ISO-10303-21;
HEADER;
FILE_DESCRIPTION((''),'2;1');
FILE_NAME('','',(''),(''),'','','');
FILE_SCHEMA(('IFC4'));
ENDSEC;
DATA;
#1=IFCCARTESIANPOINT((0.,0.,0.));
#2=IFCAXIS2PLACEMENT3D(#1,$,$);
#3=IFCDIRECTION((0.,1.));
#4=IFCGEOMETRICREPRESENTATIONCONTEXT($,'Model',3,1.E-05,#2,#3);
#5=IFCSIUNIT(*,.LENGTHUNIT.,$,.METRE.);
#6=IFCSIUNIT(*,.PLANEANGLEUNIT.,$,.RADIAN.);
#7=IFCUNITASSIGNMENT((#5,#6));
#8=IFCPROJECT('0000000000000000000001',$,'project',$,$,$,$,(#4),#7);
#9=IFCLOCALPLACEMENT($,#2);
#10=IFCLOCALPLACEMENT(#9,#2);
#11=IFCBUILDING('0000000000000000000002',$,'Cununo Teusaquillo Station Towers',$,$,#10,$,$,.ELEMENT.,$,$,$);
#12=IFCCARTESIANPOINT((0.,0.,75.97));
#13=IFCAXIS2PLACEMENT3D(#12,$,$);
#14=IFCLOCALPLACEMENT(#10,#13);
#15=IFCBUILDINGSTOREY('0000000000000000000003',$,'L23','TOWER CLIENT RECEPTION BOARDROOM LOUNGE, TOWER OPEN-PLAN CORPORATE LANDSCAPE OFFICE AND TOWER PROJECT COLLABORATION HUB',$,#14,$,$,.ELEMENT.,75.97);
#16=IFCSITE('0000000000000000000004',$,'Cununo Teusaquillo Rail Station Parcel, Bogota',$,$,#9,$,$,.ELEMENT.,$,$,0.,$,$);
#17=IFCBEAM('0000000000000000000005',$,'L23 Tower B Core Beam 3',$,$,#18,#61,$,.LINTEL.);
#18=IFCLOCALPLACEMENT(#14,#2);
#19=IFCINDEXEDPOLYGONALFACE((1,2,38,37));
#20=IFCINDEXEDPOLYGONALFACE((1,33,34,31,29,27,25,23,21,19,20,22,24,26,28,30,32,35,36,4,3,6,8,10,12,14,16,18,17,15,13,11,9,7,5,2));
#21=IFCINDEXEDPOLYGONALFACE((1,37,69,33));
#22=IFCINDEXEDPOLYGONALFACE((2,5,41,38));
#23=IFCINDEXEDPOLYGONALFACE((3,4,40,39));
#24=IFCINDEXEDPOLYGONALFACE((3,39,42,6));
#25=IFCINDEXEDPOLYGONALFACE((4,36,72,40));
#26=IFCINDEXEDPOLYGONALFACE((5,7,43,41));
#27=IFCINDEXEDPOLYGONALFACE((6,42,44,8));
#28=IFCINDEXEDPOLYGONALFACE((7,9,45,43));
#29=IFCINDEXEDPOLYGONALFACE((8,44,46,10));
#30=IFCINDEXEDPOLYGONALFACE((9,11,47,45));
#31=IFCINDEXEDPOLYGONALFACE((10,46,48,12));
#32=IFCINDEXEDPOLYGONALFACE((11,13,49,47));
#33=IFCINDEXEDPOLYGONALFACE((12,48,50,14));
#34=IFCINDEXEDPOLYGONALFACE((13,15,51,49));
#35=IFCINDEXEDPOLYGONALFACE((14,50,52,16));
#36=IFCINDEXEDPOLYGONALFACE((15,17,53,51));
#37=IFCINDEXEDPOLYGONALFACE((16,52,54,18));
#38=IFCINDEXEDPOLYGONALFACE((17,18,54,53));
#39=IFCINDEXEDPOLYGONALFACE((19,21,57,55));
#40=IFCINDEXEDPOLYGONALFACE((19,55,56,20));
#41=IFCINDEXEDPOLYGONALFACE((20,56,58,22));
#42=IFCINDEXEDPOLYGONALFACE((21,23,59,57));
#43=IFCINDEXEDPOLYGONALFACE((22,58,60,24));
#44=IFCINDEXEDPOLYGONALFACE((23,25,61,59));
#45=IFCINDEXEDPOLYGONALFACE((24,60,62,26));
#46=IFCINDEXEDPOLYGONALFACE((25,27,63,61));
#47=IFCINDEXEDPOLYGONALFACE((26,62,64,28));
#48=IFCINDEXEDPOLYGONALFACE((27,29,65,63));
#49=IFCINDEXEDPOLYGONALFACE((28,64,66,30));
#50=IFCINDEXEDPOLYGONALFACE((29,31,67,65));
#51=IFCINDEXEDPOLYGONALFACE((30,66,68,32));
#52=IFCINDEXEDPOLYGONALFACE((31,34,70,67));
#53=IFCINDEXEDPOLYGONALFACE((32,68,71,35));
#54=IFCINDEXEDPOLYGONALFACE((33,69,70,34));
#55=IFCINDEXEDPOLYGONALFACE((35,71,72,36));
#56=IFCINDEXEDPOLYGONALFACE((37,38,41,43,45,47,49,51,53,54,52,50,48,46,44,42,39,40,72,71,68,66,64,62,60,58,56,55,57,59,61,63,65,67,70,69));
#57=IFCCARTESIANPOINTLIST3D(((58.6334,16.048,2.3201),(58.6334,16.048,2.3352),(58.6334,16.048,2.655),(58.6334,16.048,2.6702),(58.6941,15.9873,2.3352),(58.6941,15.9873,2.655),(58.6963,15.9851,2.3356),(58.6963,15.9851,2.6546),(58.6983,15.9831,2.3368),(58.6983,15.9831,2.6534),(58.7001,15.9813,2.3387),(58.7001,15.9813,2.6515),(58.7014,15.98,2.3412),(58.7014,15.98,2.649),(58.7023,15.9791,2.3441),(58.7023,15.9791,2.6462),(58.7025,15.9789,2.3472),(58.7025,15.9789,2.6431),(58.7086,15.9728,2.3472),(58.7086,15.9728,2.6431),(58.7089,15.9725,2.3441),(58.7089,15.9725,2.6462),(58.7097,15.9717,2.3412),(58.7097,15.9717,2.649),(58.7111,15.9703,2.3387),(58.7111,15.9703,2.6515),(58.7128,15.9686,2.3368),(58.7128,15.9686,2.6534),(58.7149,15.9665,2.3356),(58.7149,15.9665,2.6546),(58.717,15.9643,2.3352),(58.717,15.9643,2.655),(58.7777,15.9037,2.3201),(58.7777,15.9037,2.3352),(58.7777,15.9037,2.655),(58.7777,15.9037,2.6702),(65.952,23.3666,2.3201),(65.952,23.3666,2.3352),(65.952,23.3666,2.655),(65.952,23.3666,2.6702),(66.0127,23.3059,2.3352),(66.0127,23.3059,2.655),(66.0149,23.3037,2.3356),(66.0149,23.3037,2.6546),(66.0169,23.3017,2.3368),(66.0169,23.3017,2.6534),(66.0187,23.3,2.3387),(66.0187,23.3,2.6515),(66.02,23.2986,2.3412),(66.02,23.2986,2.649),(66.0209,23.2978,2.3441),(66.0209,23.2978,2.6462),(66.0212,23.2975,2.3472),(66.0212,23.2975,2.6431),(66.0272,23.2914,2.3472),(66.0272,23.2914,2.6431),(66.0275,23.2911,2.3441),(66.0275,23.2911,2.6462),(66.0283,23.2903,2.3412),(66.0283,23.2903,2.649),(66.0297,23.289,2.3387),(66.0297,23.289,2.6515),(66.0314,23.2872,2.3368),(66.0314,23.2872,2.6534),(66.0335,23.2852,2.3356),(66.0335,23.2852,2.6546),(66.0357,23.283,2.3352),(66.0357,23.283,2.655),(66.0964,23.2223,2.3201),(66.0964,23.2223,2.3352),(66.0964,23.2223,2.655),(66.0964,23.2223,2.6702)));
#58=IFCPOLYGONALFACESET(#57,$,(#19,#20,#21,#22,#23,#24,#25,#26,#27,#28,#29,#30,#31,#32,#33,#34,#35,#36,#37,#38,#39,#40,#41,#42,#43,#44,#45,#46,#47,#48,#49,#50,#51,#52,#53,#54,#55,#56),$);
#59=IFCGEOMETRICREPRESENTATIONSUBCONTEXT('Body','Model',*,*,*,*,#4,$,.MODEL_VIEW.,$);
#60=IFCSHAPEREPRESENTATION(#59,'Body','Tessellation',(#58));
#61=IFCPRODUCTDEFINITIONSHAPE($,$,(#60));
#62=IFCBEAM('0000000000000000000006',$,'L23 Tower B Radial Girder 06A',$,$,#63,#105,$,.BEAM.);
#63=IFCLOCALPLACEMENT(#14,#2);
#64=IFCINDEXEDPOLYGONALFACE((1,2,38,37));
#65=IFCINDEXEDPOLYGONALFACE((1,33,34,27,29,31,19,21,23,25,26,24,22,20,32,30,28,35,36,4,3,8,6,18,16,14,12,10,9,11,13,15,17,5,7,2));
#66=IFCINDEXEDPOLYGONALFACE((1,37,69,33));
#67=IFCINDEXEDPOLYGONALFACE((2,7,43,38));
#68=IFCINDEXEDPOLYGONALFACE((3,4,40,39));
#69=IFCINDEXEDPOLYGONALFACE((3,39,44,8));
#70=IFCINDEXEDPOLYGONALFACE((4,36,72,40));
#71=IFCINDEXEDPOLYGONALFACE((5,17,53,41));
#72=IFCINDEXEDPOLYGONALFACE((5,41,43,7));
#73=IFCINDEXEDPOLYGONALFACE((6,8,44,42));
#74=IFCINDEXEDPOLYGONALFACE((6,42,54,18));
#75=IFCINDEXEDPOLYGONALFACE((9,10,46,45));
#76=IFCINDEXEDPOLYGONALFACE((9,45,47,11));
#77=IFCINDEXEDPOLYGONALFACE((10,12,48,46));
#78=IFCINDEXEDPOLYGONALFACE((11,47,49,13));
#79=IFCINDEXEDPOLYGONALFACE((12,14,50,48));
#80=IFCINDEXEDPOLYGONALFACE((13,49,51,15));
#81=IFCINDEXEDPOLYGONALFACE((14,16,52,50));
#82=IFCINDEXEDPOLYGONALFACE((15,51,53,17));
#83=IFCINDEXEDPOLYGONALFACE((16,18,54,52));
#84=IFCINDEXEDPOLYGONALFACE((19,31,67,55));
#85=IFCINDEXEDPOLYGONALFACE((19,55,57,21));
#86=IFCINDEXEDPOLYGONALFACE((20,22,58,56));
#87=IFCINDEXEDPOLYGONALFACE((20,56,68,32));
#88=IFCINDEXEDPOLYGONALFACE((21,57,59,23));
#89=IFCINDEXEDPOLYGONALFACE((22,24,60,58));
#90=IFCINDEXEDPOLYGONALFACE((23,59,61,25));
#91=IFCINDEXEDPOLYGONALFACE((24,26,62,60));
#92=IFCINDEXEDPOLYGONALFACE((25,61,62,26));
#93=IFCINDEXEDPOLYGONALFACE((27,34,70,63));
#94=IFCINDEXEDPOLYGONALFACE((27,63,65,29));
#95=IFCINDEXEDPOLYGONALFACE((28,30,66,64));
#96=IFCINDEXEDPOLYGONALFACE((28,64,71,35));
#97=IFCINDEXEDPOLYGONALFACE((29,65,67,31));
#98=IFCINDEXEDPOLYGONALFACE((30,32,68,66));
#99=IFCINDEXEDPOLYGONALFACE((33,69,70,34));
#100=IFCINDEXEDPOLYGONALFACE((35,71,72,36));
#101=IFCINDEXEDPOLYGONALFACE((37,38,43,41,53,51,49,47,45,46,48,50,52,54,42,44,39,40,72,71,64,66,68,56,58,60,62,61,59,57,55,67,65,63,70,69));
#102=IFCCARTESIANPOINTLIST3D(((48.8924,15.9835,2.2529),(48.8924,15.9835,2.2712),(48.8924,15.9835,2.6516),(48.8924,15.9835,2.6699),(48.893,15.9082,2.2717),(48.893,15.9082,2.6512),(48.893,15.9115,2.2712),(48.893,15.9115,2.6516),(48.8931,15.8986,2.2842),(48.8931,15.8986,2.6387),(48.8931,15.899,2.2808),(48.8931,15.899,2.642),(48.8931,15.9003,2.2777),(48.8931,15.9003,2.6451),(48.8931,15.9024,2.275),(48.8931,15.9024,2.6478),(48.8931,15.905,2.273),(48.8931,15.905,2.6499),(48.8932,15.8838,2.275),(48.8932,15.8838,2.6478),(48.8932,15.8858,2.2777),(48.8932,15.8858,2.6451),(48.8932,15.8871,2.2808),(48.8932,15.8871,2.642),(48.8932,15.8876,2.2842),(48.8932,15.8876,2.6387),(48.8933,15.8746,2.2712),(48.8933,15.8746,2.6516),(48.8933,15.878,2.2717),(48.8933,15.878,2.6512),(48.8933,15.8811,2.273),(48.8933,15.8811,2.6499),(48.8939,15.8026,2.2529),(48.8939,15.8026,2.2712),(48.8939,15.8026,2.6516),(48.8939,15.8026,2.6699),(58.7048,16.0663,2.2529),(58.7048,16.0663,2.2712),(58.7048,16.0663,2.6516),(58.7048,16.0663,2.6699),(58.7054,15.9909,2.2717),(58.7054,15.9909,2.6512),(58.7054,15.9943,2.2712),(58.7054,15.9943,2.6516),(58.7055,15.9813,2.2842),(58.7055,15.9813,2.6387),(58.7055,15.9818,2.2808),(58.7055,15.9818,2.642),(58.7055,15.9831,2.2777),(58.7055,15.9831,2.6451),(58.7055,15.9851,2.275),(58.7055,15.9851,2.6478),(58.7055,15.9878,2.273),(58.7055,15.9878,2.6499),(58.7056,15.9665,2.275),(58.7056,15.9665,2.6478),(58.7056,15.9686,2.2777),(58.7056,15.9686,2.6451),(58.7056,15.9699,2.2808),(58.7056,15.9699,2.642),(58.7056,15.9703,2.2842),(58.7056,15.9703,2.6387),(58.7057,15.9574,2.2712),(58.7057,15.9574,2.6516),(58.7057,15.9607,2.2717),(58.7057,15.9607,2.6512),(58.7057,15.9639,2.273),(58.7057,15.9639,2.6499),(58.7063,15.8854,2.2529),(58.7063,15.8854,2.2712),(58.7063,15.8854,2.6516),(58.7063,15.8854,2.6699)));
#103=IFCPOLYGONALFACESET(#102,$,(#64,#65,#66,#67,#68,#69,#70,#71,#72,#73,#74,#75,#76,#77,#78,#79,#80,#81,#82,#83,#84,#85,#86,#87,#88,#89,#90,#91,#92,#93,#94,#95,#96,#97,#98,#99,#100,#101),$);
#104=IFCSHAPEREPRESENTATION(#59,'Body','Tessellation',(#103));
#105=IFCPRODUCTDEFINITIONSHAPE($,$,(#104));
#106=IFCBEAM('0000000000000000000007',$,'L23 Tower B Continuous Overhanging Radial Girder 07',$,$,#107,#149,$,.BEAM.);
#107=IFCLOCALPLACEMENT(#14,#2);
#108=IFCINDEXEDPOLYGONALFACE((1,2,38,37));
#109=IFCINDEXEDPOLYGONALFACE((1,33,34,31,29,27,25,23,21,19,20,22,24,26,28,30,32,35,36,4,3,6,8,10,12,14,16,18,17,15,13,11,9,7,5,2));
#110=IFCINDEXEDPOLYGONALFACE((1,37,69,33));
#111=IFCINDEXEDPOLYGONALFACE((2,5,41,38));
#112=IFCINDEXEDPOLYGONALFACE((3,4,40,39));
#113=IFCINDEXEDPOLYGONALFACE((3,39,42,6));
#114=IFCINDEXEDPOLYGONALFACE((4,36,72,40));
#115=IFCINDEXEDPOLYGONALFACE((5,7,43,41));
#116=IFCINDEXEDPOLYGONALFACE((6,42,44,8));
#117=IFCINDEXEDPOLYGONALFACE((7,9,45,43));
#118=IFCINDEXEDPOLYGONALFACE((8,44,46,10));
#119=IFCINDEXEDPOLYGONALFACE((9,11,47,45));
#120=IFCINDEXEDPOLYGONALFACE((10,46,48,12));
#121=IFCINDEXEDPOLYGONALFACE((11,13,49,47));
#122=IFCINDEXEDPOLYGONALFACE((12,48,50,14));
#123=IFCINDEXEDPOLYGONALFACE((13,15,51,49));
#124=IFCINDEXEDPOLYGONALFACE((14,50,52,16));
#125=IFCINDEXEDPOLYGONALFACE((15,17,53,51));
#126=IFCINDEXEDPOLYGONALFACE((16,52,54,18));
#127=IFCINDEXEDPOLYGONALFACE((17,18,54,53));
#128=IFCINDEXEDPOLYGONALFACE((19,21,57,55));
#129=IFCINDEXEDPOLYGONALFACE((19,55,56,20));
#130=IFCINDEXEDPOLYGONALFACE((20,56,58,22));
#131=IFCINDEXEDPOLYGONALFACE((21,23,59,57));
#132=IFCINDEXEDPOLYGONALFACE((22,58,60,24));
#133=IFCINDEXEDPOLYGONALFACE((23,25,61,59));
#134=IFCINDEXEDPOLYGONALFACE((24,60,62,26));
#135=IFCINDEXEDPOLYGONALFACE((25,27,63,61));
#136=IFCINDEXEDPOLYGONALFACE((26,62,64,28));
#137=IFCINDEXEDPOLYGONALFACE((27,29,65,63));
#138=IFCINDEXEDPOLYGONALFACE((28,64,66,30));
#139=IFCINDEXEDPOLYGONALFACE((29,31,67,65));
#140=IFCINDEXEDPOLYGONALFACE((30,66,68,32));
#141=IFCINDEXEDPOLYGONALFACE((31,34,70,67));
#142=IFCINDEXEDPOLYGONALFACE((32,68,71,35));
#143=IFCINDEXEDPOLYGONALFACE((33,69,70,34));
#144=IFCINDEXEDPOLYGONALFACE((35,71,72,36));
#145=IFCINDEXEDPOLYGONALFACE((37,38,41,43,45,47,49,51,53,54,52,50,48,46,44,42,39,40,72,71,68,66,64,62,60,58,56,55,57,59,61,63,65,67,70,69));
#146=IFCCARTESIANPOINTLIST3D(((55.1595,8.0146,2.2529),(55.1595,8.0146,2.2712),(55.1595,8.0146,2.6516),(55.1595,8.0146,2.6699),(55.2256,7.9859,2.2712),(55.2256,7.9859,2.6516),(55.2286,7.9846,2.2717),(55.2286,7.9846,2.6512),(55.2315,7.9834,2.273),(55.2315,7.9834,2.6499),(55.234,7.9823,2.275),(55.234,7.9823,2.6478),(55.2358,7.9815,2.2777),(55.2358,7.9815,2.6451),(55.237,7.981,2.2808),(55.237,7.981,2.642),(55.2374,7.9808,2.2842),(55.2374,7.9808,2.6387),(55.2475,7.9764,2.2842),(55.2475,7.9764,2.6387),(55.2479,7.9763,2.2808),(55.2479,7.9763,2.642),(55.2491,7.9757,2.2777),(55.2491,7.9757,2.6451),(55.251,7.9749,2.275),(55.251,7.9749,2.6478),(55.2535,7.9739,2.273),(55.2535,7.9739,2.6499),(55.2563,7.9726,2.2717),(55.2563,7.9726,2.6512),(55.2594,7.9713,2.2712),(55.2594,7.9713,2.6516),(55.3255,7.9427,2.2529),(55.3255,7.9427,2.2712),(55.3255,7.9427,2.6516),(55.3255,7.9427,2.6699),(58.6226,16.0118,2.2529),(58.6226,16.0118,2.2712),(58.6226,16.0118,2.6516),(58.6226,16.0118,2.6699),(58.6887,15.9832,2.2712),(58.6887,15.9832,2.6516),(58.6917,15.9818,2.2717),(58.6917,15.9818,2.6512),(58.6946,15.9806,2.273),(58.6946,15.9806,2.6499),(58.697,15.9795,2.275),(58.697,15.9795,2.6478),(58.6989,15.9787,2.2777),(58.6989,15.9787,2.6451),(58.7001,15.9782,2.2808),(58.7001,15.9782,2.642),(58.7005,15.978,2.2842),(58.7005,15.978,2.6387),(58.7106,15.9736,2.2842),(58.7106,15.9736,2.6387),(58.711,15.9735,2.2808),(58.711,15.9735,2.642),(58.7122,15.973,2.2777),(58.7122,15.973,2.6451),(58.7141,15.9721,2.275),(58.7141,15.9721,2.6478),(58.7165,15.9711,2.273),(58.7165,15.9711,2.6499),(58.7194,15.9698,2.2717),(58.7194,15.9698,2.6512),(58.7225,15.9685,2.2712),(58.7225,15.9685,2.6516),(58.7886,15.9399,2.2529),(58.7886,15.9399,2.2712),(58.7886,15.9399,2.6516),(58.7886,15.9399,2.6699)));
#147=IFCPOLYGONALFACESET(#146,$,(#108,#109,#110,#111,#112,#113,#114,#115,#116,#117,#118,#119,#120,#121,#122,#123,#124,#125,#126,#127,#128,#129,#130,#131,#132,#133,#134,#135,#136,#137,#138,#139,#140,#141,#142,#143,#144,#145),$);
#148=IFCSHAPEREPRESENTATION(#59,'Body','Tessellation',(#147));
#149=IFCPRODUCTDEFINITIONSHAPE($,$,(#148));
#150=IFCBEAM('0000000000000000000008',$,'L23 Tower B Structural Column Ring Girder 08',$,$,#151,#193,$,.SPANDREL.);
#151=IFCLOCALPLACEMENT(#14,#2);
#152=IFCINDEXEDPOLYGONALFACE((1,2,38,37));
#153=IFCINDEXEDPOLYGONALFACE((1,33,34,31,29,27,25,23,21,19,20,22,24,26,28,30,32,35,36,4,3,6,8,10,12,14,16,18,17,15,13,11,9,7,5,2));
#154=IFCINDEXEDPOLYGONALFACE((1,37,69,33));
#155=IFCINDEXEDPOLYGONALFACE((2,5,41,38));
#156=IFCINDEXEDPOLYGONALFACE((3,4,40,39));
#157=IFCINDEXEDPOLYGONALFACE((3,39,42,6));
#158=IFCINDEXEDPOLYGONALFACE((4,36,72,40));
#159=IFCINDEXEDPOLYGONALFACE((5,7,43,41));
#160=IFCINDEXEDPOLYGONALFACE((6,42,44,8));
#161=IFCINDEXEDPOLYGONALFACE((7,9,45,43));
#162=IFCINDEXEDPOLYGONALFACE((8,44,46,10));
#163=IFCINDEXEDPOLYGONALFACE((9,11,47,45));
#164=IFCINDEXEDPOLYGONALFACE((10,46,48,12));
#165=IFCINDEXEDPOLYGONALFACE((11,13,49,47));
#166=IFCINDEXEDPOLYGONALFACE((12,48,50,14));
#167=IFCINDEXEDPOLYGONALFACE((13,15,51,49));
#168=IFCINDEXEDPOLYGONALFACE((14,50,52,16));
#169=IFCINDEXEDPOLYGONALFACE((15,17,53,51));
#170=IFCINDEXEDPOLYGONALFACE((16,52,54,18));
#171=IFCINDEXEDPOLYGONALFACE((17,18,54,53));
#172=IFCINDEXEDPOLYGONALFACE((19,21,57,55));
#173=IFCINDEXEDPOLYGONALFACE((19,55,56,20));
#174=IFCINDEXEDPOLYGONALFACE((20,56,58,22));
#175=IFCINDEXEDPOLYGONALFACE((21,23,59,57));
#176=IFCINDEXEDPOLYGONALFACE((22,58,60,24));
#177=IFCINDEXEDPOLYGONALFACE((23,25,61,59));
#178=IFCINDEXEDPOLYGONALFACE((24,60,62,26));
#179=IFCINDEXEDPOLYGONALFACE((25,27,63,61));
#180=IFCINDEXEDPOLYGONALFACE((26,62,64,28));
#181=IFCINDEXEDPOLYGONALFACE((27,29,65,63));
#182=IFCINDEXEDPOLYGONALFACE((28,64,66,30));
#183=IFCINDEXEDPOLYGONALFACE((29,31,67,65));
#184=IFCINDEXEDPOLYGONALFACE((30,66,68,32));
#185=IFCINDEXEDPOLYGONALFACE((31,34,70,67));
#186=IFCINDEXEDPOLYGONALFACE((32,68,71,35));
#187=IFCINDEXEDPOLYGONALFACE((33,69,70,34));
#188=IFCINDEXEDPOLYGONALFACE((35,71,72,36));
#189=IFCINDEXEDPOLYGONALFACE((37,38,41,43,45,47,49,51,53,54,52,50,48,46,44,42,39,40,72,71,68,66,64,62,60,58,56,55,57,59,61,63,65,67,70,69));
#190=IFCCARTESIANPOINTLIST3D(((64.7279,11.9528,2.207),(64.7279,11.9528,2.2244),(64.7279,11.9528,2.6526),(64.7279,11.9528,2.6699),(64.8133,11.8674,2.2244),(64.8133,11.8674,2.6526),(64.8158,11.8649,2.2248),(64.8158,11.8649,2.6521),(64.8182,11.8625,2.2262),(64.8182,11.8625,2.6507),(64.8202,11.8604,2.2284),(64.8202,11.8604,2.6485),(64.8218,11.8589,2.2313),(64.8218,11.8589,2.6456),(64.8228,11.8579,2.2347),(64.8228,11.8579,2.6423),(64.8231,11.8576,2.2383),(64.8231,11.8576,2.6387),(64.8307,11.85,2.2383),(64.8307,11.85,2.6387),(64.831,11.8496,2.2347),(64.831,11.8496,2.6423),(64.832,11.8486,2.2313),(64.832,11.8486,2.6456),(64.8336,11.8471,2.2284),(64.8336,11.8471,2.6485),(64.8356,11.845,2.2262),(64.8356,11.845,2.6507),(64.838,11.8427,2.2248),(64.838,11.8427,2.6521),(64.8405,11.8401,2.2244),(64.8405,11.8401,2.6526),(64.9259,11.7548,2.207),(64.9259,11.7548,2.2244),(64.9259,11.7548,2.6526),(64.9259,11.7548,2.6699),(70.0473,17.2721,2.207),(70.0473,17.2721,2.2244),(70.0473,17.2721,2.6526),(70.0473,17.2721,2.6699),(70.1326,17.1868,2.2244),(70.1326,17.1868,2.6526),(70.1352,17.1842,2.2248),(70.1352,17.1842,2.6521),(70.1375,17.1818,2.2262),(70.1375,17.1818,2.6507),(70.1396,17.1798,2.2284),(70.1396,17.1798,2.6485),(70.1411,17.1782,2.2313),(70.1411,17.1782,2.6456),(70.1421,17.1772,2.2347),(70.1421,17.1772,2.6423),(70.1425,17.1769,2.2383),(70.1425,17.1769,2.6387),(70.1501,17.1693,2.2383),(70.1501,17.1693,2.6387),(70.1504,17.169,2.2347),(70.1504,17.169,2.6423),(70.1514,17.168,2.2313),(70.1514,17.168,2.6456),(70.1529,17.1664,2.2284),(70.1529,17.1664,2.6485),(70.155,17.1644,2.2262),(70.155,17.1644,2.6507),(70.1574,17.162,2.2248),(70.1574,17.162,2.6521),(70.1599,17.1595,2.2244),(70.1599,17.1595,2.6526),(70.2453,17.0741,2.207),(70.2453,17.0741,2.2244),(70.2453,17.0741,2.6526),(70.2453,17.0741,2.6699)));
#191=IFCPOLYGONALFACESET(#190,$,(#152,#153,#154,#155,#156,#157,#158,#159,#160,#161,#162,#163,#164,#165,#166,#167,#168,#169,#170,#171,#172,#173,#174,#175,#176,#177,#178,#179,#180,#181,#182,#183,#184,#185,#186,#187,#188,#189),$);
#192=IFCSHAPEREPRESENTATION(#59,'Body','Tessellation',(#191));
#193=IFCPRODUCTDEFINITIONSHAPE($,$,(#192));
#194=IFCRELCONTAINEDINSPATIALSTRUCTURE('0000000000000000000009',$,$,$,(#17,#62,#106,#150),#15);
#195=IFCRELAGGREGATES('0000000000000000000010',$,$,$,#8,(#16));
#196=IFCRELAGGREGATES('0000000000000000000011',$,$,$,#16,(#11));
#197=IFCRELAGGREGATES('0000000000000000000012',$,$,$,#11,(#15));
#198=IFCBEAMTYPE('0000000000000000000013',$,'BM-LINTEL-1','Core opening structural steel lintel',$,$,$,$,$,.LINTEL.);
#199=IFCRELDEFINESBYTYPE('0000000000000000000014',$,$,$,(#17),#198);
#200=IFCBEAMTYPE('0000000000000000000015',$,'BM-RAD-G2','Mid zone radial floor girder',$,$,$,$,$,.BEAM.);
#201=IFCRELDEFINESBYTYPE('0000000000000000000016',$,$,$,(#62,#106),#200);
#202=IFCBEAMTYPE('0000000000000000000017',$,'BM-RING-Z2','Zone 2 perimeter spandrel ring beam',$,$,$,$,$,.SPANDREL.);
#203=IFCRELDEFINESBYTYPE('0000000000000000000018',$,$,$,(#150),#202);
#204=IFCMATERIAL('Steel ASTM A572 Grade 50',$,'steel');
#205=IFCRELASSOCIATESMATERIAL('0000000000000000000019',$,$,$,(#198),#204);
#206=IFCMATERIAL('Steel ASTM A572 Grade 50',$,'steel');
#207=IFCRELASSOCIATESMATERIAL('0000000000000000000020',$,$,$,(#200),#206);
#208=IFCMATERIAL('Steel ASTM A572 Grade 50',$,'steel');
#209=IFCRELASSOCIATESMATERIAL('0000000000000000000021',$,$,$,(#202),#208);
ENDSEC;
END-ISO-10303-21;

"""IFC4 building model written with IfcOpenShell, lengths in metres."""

from ifc_helpers import new_model, si_unit, direction, frame, origin, origin_2d, place, context, subcontext, project, spatial, i_section, extrude, material, material_profile, profile_set, type_object, element, save


model = new_model("IFC4")

# Units and contexts
model_context = context("Model", 3, precision=1e-05, world=origin(), true_north=direction((0.0, 1.0)))
body_context = subcontext(model_context, "Body", "Model", "MODEL_VIEW")
ifc_project = project(units=[si_unit("LENGTHUNIT", "METRE"), si_unit("PLANEANGLEUNIT", "RADIAN")], contexts=[model_context])

# Site, building, storey
site_placement = place(None, origin())
site = spatial("IfcSite", under=ifc_project, at=site_placement, Name="Cununo Teusaquillo Rail Station Parcel, Bogota", CompositionType="ELEMENT", RefElevation=0.0)
building_placement = place(site_placement, origin())
building = spatial("IfcBuilding", under=site, at=building_placement, Name="Cununo Teusaquillo Station Towers", CompositionType="ELEMENT")
storey_placement = place(building_placement, frame((0.0, 0.0, 75.97)))
storey = spatial("IfcBuildingStorey", under=building, at=storey_placement, Name="L23", Description="TOWER CLIENT RECEPTION BOARDROOM LOUNGE, TOWER OPEN-PLAN CORPORATE LANDSCAPE OFFICE AND TOWER PROJECT COLLABORATION HUB", CompositionType="ELEMENT", Elevation=75.97)

# Beams
ifc_material_1 = material(Name="Steel ASTM A572 Grade 50", Category="steel")
ifc_material_profile_1 = material_profile(ifc_material_1, i_section(OverallWidth=0.2041, OverallDepth=0.3501, WebThickness=0.0085, FlangeThickness=0.0151, FilletRadius=0.012, at=origin_2d()), Name="W14X48")
ifc_profile_set_1 = profile_set([ifc_material_profile_1], Name="Steel ASTM A572 Grade 50")
beam_type_1 = type_object("IfcBeamType", Name="BM-LINTEL-1", Description="Core opening structural steel lintel", PredefinedType="LINTEL", material=ifc_profile_set_1)
beam_1_placement = place(storey_placement, frame((58.7056, 15.9758, 2.4951), z_axis=(0.707107, 0.707107, 0.0), x_axis=(-0.707107, 0.707107, 0.0)))
element("IfcBeam", 1, at=beam_1_placement, inside=storey, type_object=beam_type_1, Name="L23 Tower B Core Beam 3", PredefinedType="LINTEL", context=body_context, shape_type="SweptSolid", body=[
    extrude(i_section(OverallWidth=0.2041, OverallDepth=0.3501, WebThickness=0.0085, FlangeThickness=0.0151, FilletRadius=0.012, at=origin_2d()), origin(), (0.0, 0.0, 1.0), 10.3501),
])
ifc_material_2 = material(Name="Steel ASTM A572 Grade 50", Category="steel")
ifc_material_profile_2 = material_profile(ifc_material_2, i_section(OverallWidth=0.1809, OverallDepth=0.417, WebThickness=0.011, FlangeThickness=0.0183, FilletRadius=0.0129, at=origin_2d()), Name="W16X57")
ifc_profile_set_2 = profile_set([ifc_material_profile_2], Name="Steel ASTM A572 Grade 50")
beam_type_2 = type_object("IfcBeamType", Name="BM-RAD-G2", Description="Mid zone radial floor girder", PredefinedType="BEAM", material=ifc_profile_set_2)
beam_2_placement = place(storey_placement, frame((58.7056, 15.9758, 2.4614), z_axis=(-0.999964, -0.008434, 0.0), x_axis=(0.008434, -0.999964, 0.0)))
element("IfcBeam", 2, at=beam_2_placement, inside=storey, type_object=beam_type_2, Name="L23 Tower B Radial Girder 06A", PredefinedType="BEAM", context=body_context, shape_type="SweptSolid", body=[
    extrude(i_section(OverallWidth=0.1809, OverallDepth=0.417, WebThickness=0.011, FlangeThickness=0.0183, FilletRadius=0.0129, at=origin_2d()), origin(), (0.0, 0.0, 1.0), 9.8127),
])
beam_3_placement = place(storey_placement, frame((58.7056, 15.9758, 2.4614), z_axis=(-0.397379, -0.917655, 0.0), x_axis=(0.917655, -0.397379, 0.0)))
element("IfcBeam", 3, at=beam_3_placement, inside=storey, type_object=beam_type_2, Name="L23 Tower B Continuous Overhanging Radial Girder 07", PredefinedType="BEAM", context=body_context, shape_type="SweptSolid", body=[
    extrude(i_section(OverallWidth=0.1809, OverallDepth=0.417, WebThickness=0.011, FlangeThickness=0.0183, FilletRadius=0.0129, at=origin_2d()), origin(), (0.0, 0.0, 1.0), 8.7148),
])
ifc_material_3 = material(Name="Steel ASTM A572 Grade 50", Category="steel")
ifc_material_profile_3 = material_profile(ifc_material_3, i_section(OverallWidth=0.28, OverallDepth=0.4629, WebThickness=0.0107, FlangeThickness=0.0173, FilletRadius=0.0139, at=origin_2d()), Name="W18X76")
ifc_profile_set_3 = profile_set([ifc_material_profile_3], Name="Steel ASTM A572 Grade 50")
beam_type_3 = type_object("IfcBeamType", Name="BM-RING-Z2", Description="Zone 2 perimeter spandrel ring beam", PredefinedType="SPANDREL", material=ifc_profile_set_3)
beam_4_placement = place(storey_placement, frame((64.8269, 11.8538, 2.4385), z_axis=(0.707107, 0.707107, 0.0), x_axis=(-0.707107, 0.707107, 0.0)))
element("IfcBeam", 4, at=beam_4_placement, inside=storey, type_object=beam_type_3, Name="L23 Tower B Structural Column Ring Girder 08", PredefinedType="SPANDREL", context=body_context, shape_type="SweptSolid", body=[
    extrude(i_section(OverallWidth=0.28, OverallDepth=0.4629, WebThickness=0.0107, FlangeThickness=0.0173, FilletRadius=0.0139, at=origin_2d()), origin(), (0.0, 0.0, 1.0), 7.5227),
])

save(model, "model.ifc")
